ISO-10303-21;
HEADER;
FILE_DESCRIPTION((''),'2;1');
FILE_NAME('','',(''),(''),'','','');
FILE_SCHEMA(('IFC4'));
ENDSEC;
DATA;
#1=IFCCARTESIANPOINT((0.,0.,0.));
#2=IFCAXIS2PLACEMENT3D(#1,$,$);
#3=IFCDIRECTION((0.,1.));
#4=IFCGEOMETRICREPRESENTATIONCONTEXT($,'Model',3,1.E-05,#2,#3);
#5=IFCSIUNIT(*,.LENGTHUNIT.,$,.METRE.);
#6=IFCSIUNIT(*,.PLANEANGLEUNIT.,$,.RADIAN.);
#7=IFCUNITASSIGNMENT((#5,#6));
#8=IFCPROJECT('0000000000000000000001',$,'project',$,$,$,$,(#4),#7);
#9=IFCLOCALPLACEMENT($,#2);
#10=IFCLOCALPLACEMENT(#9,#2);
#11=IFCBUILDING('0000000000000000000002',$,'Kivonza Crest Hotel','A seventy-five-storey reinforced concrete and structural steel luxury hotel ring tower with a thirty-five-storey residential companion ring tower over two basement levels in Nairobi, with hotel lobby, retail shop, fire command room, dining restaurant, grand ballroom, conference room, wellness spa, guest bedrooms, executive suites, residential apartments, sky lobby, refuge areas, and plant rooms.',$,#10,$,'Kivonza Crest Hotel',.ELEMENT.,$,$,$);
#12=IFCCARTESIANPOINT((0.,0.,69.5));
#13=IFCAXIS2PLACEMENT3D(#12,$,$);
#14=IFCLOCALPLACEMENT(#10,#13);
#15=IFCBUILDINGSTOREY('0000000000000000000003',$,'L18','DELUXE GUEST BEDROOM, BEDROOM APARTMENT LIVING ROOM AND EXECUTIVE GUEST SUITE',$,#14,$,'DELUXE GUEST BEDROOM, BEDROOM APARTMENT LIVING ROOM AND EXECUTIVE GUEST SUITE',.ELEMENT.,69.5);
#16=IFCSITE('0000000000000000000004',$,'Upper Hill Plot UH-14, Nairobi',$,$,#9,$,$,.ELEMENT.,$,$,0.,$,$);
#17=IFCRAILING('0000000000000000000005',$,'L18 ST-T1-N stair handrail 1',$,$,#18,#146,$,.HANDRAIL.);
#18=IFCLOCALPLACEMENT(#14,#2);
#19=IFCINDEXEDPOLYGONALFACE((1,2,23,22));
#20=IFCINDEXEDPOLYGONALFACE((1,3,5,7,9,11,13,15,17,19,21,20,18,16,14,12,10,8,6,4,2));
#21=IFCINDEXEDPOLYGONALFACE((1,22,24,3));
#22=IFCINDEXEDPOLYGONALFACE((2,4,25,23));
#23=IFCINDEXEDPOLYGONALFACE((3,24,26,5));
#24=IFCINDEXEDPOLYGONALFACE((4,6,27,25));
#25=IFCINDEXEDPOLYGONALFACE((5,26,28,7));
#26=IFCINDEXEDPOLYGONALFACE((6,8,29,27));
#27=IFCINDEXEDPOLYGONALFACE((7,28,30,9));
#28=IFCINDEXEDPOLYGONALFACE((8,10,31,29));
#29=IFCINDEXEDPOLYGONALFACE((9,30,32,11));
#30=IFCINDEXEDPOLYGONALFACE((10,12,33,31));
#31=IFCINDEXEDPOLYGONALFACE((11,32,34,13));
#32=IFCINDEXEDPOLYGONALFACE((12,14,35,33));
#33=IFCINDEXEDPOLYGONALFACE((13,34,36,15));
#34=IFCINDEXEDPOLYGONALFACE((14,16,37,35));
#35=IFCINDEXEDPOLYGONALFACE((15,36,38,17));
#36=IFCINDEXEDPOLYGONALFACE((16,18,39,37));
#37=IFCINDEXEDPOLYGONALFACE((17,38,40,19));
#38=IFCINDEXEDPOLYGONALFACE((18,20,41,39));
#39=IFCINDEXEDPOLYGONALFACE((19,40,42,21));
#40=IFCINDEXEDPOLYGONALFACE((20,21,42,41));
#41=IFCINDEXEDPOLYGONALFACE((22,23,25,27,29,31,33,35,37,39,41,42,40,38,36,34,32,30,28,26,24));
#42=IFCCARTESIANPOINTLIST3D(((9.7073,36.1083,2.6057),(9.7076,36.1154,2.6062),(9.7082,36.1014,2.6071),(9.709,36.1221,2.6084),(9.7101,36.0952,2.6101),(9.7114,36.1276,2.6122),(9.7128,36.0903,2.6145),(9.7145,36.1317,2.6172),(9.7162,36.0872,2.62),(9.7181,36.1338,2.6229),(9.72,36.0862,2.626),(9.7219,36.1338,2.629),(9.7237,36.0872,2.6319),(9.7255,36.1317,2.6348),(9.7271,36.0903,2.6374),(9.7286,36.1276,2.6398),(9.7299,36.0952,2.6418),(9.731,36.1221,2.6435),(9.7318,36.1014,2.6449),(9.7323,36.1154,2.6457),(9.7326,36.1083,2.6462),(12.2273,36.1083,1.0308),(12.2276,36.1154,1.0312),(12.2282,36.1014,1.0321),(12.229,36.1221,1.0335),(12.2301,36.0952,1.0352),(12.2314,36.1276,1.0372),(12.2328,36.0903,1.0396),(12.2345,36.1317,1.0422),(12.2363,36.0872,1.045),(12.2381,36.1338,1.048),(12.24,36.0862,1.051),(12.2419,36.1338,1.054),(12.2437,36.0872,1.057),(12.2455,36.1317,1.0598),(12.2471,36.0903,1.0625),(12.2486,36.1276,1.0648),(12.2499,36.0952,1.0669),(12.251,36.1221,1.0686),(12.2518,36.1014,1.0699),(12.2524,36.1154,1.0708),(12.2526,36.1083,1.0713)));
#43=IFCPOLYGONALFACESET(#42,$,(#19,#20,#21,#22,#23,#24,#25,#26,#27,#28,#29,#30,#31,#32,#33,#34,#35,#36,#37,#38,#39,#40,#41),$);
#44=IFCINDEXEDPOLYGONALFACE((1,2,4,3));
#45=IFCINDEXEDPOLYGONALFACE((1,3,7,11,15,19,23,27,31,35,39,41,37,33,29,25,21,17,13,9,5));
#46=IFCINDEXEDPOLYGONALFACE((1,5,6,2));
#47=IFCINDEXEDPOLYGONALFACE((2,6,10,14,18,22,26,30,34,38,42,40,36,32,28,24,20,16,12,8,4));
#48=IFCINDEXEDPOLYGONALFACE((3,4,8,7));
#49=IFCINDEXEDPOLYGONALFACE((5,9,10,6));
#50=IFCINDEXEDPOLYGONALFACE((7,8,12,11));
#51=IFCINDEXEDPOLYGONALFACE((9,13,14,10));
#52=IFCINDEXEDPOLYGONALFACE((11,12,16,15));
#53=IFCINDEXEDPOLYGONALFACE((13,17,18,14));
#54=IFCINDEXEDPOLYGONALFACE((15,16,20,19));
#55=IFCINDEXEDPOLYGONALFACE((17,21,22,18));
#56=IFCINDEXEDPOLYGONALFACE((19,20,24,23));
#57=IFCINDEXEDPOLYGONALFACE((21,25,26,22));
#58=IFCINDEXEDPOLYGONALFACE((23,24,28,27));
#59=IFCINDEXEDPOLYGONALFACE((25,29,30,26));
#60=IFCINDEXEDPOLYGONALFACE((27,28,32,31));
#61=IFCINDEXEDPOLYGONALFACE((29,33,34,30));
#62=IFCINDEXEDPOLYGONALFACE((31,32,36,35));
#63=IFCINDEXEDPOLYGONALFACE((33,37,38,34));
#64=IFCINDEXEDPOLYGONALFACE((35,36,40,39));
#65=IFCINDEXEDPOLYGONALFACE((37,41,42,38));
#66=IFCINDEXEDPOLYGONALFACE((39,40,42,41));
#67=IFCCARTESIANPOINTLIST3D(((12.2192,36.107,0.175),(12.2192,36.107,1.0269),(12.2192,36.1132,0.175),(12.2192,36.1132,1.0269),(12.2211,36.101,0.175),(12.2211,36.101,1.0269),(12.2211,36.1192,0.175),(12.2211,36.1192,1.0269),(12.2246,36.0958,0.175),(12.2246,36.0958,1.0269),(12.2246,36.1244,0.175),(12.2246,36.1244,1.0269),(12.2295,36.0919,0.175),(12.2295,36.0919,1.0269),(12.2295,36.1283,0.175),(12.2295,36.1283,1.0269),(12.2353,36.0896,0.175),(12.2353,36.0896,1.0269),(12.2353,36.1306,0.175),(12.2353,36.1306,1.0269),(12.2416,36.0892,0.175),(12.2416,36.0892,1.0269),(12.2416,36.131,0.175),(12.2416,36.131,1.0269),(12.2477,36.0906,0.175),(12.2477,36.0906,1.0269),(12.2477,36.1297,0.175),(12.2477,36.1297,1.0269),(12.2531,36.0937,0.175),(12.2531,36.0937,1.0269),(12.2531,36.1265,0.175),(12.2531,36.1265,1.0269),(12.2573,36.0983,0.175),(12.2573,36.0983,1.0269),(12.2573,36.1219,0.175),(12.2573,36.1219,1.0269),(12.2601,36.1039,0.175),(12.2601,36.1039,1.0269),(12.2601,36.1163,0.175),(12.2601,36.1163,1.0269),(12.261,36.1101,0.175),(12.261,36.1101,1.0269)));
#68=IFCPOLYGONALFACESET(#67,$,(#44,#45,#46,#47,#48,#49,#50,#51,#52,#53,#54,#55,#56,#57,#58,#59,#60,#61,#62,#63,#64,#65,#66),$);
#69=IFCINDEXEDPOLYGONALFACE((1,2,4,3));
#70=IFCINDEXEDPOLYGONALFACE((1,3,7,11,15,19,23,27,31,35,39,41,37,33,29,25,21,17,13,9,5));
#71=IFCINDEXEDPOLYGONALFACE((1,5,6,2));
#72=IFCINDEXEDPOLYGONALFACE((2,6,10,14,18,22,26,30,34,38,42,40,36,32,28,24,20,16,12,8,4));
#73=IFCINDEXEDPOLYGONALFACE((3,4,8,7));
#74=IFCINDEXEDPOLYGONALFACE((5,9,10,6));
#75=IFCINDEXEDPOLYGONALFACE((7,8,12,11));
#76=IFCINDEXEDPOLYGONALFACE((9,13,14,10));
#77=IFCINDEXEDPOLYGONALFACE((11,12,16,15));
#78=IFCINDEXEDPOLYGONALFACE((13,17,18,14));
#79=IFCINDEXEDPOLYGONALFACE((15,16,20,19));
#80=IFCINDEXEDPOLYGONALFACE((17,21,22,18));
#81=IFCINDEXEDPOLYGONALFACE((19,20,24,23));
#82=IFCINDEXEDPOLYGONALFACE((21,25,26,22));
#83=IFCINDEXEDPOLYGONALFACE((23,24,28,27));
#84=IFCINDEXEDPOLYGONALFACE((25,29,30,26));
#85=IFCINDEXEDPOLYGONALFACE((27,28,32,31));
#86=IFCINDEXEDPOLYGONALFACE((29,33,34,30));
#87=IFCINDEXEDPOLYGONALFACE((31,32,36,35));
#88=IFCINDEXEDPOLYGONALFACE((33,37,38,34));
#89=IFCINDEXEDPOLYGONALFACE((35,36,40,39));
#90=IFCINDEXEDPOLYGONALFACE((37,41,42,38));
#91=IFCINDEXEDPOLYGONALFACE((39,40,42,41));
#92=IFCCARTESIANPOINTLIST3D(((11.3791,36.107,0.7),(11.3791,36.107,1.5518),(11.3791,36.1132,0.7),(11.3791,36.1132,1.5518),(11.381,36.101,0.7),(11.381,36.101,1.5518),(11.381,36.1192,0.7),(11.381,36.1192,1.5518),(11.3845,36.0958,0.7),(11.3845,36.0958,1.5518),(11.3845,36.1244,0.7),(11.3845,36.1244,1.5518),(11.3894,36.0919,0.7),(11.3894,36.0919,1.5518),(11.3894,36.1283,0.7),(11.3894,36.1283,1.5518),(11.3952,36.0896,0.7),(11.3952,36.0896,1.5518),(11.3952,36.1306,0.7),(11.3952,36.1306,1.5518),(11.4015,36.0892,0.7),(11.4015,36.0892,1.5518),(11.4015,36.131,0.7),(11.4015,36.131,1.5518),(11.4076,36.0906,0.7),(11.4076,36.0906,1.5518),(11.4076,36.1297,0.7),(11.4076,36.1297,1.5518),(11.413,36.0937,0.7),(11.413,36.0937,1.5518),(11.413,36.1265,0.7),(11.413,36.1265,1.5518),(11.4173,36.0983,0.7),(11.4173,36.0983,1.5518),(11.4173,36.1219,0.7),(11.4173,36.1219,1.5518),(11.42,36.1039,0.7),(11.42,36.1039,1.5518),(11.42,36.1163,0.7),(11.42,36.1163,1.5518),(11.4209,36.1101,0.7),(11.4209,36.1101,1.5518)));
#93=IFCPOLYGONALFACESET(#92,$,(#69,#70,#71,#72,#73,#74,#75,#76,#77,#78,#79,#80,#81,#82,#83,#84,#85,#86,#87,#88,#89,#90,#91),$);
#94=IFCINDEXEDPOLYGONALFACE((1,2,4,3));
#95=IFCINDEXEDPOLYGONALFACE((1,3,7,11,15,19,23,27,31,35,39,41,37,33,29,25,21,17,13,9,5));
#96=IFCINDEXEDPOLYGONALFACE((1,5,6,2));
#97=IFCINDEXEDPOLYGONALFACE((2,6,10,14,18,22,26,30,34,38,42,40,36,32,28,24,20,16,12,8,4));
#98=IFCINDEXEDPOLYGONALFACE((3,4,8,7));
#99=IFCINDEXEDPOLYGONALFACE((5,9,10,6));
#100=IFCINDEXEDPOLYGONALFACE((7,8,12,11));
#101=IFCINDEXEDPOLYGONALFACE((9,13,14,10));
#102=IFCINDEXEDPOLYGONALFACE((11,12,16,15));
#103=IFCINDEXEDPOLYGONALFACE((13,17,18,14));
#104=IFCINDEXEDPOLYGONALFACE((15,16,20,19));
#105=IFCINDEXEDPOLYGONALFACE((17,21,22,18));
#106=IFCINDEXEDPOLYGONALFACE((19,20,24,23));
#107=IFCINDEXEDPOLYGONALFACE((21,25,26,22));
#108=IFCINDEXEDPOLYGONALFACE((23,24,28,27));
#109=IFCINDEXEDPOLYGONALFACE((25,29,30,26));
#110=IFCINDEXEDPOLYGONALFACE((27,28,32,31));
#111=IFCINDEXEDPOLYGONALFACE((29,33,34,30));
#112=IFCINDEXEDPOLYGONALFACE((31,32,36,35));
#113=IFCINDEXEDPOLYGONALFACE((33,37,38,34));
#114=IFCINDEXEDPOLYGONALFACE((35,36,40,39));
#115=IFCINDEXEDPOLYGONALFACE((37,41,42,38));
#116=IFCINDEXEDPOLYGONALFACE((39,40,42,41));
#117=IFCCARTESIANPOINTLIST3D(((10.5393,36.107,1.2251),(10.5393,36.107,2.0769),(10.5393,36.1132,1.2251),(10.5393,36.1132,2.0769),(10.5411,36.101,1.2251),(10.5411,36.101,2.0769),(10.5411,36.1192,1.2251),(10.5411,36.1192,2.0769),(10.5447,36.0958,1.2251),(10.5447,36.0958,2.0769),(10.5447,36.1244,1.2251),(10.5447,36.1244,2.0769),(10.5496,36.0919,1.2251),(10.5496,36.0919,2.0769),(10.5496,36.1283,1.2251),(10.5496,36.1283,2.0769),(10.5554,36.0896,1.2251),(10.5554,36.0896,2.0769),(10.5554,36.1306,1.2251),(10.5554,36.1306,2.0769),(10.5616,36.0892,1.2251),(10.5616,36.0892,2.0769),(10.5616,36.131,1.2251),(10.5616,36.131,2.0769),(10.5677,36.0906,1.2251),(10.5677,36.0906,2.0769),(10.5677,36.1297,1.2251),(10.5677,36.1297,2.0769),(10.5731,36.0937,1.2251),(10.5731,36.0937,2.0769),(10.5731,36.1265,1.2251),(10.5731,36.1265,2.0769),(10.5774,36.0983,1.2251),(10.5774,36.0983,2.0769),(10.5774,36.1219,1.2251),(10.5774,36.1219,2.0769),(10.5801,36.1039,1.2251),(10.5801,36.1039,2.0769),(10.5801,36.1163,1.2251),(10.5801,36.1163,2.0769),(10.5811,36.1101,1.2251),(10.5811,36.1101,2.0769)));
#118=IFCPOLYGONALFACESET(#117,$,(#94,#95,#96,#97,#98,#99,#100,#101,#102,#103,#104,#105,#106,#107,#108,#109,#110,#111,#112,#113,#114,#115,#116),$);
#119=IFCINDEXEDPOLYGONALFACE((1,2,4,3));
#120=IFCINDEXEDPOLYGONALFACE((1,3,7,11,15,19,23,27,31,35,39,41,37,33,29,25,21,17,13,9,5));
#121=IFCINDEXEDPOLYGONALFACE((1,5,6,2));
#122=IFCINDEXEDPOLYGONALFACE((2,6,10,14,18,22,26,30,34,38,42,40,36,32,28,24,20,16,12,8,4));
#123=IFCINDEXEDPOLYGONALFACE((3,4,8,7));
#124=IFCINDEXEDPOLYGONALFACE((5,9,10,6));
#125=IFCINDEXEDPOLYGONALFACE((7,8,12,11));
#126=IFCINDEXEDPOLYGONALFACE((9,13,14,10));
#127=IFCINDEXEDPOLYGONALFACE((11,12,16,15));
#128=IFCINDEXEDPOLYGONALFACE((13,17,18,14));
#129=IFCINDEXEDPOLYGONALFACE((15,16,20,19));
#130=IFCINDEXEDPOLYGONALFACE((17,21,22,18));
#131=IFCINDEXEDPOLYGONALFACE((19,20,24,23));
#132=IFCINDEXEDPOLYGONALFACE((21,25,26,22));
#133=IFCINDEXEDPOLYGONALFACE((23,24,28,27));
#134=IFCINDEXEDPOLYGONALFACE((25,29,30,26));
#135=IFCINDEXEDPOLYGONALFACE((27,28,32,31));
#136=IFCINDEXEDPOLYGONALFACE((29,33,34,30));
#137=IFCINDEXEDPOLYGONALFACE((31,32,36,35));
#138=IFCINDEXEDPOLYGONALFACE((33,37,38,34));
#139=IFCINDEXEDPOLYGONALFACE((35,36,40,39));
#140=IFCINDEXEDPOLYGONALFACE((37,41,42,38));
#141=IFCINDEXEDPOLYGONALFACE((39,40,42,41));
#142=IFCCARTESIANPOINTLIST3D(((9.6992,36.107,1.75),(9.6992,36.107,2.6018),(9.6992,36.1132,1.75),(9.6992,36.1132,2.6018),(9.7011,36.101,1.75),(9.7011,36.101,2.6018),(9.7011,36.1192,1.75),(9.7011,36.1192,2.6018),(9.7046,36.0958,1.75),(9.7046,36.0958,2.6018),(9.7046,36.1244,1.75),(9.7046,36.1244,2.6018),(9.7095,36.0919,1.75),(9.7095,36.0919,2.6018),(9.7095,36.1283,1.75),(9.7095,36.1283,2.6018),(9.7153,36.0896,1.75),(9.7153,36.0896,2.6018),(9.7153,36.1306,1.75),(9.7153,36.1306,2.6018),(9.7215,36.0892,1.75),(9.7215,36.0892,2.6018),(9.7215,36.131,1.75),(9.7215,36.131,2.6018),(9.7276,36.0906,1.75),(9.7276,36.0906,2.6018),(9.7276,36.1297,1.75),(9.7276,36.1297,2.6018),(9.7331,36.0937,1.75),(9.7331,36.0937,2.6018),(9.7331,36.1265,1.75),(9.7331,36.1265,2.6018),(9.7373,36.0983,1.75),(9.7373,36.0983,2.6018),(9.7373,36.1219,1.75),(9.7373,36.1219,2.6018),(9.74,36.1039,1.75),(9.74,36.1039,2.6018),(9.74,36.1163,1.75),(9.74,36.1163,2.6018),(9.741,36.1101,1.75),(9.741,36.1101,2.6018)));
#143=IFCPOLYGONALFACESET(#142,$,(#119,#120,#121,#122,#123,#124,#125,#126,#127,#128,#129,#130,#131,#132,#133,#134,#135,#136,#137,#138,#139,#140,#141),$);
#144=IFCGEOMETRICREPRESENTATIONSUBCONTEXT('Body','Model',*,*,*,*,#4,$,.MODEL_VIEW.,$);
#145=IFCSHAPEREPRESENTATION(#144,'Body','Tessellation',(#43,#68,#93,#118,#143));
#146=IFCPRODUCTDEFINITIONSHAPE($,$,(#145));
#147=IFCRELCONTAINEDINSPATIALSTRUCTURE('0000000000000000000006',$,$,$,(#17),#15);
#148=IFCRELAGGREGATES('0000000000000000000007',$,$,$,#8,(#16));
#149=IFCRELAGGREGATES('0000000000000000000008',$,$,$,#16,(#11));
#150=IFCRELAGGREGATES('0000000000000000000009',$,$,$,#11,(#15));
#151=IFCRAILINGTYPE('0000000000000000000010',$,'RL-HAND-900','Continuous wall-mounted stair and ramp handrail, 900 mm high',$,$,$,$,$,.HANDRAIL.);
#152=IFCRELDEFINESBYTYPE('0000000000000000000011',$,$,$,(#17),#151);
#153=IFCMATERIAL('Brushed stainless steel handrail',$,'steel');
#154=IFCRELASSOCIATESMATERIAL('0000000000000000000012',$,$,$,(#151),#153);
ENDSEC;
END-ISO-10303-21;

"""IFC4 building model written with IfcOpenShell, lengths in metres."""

from ifc_helpers import new_model, si_unit, direction, frame, origin, origin_2d, place, context, subcontext, project, spatial, circle, extrude, material, type_object, element, save


model = new_model("IFC4")

# Units and contexts
model_context = context("Model", 3, precision=1e-05, world=origin(), true_north=direction((0.0, 1.0)))
body_context = subcontext(model_context, "Body", "Model", "MODEL_VIEW")
ifc_project = project(units=[si_unit("LENGTHUNIT", "METRE"), si_unit("PLANEANGLEUNIT", "RADIAN")], contexts=[model_context])

# Site, building, storey
site_placement = place(None, origin())
site = spatial("IfcSite", under=ifc_project, at=site_placement, Name="Upper Hill Plot UH-14, Nairobi", CompositionType="ELEMENT", RefElevation=0.0)
building_placement = place(site_placement, origin())
building = spatial("IfcBuilding", under=site, at=building_placement, Name="Kivonza Crest Hotel", Description="A seventy-five-storey reinforced concrete and structural steel luxury hotel ring tower with a thirty-five-storey residential companion ring tower over two basement levels in Nairobi, with hotel lobby, retail shop, fire command room, dining restaurant, grand ballroom, conference room, wellness spa, guest bedrooms, executive suites, residential apartments, sky lobby, refuge areas, and plant rooms.", LongName="Kivonza Crest Hotel", CompositionType="ELEMENT")
storey_placement = place(building_placement, frame((0.0, 0.0, 69.5)))
storey = spatial("IfcBuildingStorey", under=building, at=storey_placement, Name="L18", Description="DELUXE GUEST BEDROOM, BEDROOM APARTMENT LIVING ROOM AND EXECUTIVE GUEST SUITE", LongName="DELUXE GUEST BEDROOM, BEDROOM APARTMENT LIVING ROOM AND EXECUTIVE GUEST SUITE", CompositionType="ELEMENT", Elevation=69.5)

# Railing
ifc_material_1 = material(Name="Brushed stainless steel handrail", Category="steel")
railing_type_1 = type_object("IfcRailingType", Name="RL-HAND-900", Description="Continuous wall-mounted stair and ramp handrail, 900 mm high", PredefinedType="HANDRAIL", material=ifc_material_1)
railing_1_placement = place(storey_placement, frame((12.24, 36.1101, 0.175)))
element("IfcRailing", 1, at=railing_1_placement, inside=storey, type_object=railing_type_1, Name="L18 ST-T1-N stair handrail 1", PredefinedType="HANDRAIL", context=body_context, shape_type="SweptSolid", body=[
    extrude(circle(Radius=0.0239, at=origin_2d()), frame((0.0, 0.0, 0.876), z_axis=(-0.848008, 0.0, 0.529984), x_axis=(0.0, -1.0, 0.0)), (0.0, 0.0, 1.0), 2.9717),
    extrude(circle(Radius=0.021, at=origin_2d()), origin(), (0.0, 0.0, 1.0), 0.8518),
    extrude(circle(Radius=0.021, at=origin_2d()), frame((-0.8401, 0.0, 0.5249)), (0.0, 0.0, 1.0), 0.8518),
    extrude(circle(Radius=0.021, at=origin_2d()), frame((-1.6799, 0.0, 1.05)), (0.0, 0.0, 1.0), 0.8518),
    extrude(circle(Radius=0.021, at=origin_2d()), frame((-2.52, 0.0, 1.575)), (0.0, 0.0, 1.0), 0.8518),
])

save(model, "model.ifc")
